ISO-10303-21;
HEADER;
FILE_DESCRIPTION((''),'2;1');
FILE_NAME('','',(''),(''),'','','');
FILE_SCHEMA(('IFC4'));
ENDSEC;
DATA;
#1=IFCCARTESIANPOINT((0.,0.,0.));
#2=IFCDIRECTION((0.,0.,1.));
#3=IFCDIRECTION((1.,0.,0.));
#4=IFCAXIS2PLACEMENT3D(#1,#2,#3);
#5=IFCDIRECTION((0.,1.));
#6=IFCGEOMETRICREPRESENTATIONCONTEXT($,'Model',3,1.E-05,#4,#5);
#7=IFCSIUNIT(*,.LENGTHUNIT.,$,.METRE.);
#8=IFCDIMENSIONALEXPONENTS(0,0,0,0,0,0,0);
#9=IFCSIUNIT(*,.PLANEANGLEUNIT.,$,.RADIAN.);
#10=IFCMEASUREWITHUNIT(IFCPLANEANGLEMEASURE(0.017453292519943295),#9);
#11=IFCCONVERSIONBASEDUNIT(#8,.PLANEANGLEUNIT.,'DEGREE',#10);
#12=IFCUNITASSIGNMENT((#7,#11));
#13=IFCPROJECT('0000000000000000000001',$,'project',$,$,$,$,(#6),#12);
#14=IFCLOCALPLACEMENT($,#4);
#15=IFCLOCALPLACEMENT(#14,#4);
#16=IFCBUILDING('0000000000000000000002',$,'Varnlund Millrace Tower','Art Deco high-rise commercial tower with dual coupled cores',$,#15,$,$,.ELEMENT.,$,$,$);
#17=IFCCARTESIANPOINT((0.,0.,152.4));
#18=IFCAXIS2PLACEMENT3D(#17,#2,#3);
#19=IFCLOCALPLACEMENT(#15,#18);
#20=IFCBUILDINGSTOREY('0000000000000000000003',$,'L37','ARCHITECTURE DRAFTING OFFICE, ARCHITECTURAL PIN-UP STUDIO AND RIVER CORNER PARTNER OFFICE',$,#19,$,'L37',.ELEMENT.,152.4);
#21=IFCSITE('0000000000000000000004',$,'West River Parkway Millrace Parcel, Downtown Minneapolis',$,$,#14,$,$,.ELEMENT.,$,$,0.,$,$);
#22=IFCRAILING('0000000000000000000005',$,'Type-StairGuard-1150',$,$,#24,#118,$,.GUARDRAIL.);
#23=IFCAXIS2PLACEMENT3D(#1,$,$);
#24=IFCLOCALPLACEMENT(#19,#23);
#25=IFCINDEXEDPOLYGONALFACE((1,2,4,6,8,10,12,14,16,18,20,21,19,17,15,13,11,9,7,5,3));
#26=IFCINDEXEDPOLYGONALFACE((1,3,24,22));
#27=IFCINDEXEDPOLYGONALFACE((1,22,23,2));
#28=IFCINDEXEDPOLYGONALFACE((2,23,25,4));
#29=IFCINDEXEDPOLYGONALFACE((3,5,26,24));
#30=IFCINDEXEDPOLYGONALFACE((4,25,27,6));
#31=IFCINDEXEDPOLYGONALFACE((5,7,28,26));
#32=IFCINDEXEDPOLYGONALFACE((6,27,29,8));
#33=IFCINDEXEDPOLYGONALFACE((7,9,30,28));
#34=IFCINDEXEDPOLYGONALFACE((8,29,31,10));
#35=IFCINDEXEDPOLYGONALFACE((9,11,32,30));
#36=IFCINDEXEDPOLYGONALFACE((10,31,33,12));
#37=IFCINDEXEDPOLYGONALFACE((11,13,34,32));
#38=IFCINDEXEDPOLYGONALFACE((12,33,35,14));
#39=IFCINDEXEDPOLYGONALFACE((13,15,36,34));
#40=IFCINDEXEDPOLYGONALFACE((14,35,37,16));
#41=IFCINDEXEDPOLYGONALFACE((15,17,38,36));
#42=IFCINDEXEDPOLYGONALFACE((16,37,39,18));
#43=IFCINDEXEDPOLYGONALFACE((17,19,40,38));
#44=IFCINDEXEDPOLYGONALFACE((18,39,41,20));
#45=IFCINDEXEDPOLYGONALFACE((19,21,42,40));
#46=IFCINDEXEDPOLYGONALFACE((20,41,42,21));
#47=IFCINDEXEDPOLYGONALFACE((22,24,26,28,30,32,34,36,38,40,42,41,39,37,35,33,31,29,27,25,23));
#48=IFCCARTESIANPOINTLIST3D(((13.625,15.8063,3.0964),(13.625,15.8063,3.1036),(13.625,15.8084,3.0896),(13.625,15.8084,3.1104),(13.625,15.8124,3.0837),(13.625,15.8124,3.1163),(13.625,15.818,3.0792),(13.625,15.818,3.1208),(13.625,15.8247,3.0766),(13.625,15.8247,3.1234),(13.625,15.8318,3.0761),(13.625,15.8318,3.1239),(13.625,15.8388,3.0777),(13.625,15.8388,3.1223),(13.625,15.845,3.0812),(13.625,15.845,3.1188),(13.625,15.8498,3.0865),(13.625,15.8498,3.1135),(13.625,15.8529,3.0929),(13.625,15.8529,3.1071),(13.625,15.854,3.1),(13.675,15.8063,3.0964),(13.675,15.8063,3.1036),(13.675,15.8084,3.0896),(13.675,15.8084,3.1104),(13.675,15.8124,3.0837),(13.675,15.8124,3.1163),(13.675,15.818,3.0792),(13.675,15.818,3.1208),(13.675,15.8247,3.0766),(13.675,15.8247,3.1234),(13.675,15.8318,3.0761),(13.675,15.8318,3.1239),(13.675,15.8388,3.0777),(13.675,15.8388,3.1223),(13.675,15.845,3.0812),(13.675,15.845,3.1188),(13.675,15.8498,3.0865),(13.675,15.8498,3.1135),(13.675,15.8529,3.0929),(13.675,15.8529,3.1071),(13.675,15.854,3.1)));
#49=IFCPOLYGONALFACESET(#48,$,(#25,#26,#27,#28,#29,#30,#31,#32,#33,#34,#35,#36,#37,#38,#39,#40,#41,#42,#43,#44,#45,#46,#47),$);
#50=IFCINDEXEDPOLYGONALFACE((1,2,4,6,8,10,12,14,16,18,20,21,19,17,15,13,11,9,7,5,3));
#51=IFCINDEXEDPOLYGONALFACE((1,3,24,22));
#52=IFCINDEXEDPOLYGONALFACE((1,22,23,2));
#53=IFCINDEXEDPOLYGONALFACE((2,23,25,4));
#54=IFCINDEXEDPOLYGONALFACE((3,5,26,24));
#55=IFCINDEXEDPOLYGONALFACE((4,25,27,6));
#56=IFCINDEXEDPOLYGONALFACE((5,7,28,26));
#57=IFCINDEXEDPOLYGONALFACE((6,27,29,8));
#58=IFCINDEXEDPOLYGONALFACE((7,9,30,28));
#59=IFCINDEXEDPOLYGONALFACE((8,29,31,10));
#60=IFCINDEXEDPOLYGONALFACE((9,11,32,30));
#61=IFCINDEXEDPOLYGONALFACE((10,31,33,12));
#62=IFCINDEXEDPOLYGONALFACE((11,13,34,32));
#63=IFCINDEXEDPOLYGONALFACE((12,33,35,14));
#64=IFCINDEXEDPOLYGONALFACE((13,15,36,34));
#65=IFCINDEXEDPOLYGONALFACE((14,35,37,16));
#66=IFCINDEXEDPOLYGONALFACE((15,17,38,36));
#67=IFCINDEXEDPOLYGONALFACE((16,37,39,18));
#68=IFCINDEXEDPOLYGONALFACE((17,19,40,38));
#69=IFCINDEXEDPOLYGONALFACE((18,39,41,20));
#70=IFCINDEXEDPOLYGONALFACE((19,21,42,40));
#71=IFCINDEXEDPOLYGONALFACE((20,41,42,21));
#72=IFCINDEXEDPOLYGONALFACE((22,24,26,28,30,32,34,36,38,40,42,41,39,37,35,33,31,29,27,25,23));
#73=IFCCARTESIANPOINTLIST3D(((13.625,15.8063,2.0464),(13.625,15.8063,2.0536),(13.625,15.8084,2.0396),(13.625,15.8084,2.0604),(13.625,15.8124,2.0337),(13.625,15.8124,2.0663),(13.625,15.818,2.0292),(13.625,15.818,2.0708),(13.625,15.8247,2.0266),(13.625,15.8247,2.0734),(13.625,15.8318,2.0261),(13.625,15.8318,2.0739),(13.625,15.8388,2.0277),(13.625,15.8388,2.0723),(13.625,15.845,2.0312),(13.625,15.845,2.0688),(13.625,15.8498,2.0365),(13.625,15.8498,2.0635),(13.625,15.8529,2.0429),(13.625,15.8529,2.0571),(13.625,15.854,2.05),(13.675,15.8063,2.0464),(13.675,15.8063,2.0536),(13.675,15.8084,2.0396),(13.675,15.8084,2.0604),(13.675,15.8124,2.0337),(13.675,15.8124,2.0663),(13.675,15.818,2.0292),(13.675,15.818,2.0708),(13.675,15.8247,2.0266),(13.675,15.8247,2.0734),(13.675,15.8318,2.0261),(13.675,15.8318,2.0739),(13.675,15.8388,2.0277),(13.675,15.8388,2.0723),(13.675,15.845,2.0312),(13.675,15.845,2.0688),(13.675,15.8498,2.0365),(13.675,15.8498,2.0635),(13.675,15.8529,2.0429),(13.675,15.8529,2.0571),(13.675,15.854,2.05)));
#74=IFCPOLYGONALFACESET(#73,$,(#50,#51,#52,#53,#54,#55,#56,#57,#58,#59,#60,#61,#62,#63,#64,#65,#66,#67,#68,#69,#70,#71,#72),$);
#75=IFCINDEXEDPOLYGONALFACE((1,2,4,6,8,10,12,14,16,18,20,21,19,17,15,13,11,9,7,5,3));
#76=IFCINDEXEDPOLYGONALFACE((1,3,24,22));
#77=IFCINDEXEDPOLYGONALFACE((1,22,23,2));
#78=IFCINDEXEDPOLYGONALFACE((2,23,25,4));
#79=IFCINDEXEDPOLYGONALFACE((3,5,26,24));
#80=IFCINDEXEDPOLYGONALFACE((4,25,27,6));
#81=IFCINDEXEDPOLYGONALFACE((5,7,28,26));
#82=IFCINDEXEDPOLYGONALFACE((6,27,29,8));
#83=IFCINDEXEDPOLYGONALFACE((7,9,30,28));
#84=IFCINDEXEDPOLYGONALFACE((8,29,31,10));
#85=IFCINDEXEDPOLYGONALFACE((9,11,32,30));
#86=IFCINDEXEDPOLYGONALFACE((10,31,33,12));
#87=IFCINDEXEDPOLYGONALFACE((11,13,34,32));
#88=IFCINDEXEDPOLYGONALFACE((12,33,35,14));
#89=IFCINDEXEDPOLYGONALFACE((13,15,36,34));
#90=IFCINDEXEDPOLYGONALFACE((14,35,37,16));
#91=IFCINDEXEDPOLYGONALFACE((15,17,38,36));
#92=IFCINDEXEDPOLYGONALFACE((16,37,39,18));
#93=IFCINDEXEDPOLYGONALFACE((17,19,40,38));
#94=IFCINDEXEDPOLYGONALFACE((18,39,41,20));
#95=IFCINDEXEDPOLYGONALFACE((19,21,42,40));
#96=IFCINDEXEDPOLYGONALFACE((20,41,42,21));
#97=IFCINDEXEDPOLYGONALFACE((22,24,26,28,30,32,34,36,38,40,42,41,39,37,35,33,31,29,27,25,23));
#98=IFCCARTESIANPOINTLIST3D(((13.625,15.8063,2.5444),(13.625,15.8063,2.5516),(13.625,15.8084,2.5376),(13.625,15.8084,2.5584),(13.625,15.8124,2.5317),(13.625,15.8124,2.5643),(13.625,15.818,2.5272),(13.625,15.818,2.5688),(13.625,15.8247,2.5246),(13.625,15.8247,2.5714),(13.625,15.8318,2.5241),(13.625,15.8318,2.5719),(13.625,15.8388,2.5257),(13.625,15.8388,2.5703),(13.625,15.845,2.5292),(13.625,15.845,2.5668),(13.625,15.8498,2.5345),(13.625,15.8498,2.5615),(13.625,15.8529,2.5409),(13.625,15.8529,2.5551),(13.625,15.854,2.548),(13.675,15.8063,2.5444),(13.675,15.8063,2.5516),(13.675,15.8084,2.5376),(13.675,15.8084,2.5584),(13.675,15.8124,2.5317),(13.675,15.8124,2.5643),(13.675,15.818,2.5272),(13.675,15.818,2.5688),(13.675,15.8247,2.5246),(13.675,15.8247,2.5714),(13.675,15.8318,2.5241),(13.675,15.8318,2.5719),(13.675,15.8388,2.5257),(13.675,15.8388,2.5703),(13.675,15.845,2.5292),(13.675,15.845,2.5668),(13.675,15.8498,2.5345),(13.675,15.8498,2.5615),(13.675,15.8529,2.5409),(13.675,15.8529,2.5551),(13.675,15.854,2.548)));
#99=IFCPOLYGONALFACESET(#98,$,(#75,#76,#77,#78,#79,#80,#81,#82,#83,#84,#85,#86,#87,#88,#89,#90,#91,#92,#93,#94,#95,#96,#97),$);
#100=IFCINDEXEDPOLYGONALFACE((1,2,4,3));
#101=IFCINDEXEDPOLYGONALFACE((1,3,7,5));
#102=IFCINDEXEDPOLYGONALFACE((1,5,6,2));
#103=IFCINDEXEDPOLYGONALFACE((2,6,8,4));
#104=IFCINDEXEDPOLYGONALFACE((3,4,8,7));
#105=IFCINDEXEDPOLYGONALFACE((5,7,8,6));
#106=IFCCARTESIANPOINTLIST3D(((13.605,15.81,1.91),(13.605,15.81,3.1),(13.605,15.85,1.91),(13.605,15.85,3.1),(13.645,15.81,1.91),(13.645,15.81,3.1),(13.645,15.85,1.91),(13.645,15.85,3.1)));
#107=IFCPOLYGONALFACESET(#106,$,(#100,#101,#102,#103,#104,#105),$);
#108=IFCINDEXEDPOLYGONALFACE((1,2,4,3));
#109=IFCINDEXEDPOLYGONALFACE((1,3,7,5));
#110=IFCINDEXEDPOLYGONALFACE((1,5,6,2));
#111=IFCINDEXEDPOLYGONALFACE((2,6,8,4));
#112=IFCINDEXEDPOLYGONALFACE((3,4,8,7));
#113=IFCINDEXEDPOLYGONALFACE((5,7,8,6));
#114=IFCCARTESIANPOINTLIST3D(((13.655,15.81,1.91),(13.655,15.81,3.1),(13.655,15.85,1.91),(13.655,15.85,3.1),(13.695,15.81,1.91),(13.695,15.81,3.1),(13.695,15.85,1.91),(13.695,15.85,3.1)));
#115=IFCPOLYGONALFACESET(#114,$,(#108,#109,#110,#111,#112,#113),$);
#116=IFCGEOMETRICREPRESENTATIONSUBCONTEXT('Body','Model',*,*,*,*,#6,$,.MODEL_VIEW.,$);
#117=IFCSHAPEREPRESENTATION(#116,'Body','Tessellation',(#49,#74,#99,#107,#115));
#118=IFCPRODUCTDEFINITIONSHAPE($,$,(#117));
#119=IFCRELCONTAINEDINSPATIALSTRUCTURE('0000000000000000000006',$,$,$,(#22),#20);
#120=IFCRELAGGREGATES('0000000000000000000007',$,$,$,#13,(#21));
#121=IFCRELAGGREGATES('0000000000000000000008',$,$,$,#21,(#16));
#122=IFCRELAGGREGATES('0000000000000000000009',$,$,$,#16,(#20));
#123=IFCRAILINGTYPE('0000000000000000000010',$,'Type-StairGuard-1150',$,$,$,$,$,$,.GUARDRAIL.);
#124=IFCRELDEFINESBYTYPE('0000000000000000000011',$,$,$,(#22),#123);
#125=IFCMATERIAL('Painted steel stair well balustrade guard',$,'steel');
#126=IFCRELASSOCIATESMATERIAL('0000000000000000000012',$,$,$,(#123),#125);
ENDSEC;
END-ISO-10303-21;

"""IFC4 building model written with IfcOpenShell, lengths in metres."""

from ifc_helpers import new_model, entity, si_unit, converted_unit, direction, frame, origin_with_axes, origin_2d_with_axis, place, context, subcontext, project, spatial, rectangle, circle, extrude, material, type_object, element, save


model = new_model("IFC4")

# Units and contexts
model_context = context("Model", 3, precision=1e-05, world=origin_with_axes(), true_north=direction((0.0, 1.0)))
body_context = subcontext(model_context, "Body", "Model", "MODEL_VIEW")
ifc_project = project(units=[si_unit("LENGTHUNIT", "METRE"), converted_unit("PLANEANGLEUNIT", "DEGREE", entity("IfcPlaneAngleMeasure", 0.017453292519943295), si_unit("PLANEANGLEUNIT", "RADIAN"), dimensions=[0, 0, 0, 0, 0, 0, 0])], contexts=[model_context])

# Site, building, storey
site_placement = place(None, origin_with_axes())
site = spatial("IfcSite", under=ifc_project, at=site_placement, Name="West River Parkway Millrace Parcel, Downtown Minneapolis", CompositionType="ELEMENT", RefElevation=0.0)
building_placement = place(site_placement, origin_with_axes())
building = spatial("IfcBuilding", under=site, at=building_placement, Name="Varnlund Millrace Tower", Description="Art Deco high-rise commercial tower with dual coupled cores", CompositionType="ELEMENT")
storey_placement = place(building_placement, frame((0.0, 0.0, 152.4), z_axis=(0.0, 0.0, 1.0), x_axis=(1.0, 0.0, 0.0)))
storey = spatial("IfcBuildingStorey", under=building, at=storey_placement, Name="L37", Description="ARCHITECTURE DRAFTING OFFICE, ARCHITECTURAL PIN-UP STUDIO AND RIVER CORNER PARTNER OFFICE", LongName="L37", CompositionType="ELEMENT", Elevation=152.4)

# Railing
ifc_material_1 = material(Name="Painted steel stair well balustrade guard", Category="steel")
railing_type_1 = type_object("IfcRailingType", Name="Type-StairGuard-1150", PredefinedType="GUARDRAIL", material=ifc_material_1)
railing_1_placement = place(storey_placement, frame((0.0, 0.0, -152.4), z_axis=(0.0, 0.0, 1.0), x_axis=(1.0, 0.0, 0.0)))
element("IfcRailing", 1, at=railing_1_placement, inside=storey, type_object=railing_type_1, Name="Type-StairGuard-1150", PredefinedType="GUARDRAIL", context=body_context, shape_type="SweptSolid", body=[
    extrude(circle(Radius=0.024, at=origin_2d_with_axis()), frame((13.625, 15.83, 155.5), z_axis=(1.0, 0.0, 0.0), x_axis=(0.0, 1.0, 0.0)), (0.0, 0.0, 1.0), 0.05),
    extrude(circle(Radius=0.024, at=origin_2d_with_axis()), frame((13.625, 15.83, 154.45), z_axis=(1.0, 0.0, 0.0), x_axis=(0.0, 1.0, 0.0)), (0.0, 0.0, 1.0), 0.05),
    extrude(circle(Radius=0.024, at=origin_2d_with_axis()), frame((13.625, 15.83, 154.948), z_axis=(1.0, 0.0, 0.0), x_axis=(0.0, 1.0, 0.0)), (0.0, 0.0, 1.0), 0.05),
    extrude(rectangle(XDim=0.04, YDim=0.04, at=origin_2d_with_axis()), frame((13.625, 15.83, 154.31), z_axis=(0.0, 0.0, 1.0), x_axis=(1.0, 0.0, 0.0)), (0.0, 0.0, 1.0), 1.19),
    extrude(rectangle(XDim=0.04, YDim=0.04, at=origin_2d_with_axis()), frame((13.675, 15.83, 154.31), z_axis=(0.0, 0.0, 1.0), x_axis=(1.0, 0.0, 0.0)), (0.0, 0.0, 1.0), 1.19),
])

save(model, "model.ifc")
